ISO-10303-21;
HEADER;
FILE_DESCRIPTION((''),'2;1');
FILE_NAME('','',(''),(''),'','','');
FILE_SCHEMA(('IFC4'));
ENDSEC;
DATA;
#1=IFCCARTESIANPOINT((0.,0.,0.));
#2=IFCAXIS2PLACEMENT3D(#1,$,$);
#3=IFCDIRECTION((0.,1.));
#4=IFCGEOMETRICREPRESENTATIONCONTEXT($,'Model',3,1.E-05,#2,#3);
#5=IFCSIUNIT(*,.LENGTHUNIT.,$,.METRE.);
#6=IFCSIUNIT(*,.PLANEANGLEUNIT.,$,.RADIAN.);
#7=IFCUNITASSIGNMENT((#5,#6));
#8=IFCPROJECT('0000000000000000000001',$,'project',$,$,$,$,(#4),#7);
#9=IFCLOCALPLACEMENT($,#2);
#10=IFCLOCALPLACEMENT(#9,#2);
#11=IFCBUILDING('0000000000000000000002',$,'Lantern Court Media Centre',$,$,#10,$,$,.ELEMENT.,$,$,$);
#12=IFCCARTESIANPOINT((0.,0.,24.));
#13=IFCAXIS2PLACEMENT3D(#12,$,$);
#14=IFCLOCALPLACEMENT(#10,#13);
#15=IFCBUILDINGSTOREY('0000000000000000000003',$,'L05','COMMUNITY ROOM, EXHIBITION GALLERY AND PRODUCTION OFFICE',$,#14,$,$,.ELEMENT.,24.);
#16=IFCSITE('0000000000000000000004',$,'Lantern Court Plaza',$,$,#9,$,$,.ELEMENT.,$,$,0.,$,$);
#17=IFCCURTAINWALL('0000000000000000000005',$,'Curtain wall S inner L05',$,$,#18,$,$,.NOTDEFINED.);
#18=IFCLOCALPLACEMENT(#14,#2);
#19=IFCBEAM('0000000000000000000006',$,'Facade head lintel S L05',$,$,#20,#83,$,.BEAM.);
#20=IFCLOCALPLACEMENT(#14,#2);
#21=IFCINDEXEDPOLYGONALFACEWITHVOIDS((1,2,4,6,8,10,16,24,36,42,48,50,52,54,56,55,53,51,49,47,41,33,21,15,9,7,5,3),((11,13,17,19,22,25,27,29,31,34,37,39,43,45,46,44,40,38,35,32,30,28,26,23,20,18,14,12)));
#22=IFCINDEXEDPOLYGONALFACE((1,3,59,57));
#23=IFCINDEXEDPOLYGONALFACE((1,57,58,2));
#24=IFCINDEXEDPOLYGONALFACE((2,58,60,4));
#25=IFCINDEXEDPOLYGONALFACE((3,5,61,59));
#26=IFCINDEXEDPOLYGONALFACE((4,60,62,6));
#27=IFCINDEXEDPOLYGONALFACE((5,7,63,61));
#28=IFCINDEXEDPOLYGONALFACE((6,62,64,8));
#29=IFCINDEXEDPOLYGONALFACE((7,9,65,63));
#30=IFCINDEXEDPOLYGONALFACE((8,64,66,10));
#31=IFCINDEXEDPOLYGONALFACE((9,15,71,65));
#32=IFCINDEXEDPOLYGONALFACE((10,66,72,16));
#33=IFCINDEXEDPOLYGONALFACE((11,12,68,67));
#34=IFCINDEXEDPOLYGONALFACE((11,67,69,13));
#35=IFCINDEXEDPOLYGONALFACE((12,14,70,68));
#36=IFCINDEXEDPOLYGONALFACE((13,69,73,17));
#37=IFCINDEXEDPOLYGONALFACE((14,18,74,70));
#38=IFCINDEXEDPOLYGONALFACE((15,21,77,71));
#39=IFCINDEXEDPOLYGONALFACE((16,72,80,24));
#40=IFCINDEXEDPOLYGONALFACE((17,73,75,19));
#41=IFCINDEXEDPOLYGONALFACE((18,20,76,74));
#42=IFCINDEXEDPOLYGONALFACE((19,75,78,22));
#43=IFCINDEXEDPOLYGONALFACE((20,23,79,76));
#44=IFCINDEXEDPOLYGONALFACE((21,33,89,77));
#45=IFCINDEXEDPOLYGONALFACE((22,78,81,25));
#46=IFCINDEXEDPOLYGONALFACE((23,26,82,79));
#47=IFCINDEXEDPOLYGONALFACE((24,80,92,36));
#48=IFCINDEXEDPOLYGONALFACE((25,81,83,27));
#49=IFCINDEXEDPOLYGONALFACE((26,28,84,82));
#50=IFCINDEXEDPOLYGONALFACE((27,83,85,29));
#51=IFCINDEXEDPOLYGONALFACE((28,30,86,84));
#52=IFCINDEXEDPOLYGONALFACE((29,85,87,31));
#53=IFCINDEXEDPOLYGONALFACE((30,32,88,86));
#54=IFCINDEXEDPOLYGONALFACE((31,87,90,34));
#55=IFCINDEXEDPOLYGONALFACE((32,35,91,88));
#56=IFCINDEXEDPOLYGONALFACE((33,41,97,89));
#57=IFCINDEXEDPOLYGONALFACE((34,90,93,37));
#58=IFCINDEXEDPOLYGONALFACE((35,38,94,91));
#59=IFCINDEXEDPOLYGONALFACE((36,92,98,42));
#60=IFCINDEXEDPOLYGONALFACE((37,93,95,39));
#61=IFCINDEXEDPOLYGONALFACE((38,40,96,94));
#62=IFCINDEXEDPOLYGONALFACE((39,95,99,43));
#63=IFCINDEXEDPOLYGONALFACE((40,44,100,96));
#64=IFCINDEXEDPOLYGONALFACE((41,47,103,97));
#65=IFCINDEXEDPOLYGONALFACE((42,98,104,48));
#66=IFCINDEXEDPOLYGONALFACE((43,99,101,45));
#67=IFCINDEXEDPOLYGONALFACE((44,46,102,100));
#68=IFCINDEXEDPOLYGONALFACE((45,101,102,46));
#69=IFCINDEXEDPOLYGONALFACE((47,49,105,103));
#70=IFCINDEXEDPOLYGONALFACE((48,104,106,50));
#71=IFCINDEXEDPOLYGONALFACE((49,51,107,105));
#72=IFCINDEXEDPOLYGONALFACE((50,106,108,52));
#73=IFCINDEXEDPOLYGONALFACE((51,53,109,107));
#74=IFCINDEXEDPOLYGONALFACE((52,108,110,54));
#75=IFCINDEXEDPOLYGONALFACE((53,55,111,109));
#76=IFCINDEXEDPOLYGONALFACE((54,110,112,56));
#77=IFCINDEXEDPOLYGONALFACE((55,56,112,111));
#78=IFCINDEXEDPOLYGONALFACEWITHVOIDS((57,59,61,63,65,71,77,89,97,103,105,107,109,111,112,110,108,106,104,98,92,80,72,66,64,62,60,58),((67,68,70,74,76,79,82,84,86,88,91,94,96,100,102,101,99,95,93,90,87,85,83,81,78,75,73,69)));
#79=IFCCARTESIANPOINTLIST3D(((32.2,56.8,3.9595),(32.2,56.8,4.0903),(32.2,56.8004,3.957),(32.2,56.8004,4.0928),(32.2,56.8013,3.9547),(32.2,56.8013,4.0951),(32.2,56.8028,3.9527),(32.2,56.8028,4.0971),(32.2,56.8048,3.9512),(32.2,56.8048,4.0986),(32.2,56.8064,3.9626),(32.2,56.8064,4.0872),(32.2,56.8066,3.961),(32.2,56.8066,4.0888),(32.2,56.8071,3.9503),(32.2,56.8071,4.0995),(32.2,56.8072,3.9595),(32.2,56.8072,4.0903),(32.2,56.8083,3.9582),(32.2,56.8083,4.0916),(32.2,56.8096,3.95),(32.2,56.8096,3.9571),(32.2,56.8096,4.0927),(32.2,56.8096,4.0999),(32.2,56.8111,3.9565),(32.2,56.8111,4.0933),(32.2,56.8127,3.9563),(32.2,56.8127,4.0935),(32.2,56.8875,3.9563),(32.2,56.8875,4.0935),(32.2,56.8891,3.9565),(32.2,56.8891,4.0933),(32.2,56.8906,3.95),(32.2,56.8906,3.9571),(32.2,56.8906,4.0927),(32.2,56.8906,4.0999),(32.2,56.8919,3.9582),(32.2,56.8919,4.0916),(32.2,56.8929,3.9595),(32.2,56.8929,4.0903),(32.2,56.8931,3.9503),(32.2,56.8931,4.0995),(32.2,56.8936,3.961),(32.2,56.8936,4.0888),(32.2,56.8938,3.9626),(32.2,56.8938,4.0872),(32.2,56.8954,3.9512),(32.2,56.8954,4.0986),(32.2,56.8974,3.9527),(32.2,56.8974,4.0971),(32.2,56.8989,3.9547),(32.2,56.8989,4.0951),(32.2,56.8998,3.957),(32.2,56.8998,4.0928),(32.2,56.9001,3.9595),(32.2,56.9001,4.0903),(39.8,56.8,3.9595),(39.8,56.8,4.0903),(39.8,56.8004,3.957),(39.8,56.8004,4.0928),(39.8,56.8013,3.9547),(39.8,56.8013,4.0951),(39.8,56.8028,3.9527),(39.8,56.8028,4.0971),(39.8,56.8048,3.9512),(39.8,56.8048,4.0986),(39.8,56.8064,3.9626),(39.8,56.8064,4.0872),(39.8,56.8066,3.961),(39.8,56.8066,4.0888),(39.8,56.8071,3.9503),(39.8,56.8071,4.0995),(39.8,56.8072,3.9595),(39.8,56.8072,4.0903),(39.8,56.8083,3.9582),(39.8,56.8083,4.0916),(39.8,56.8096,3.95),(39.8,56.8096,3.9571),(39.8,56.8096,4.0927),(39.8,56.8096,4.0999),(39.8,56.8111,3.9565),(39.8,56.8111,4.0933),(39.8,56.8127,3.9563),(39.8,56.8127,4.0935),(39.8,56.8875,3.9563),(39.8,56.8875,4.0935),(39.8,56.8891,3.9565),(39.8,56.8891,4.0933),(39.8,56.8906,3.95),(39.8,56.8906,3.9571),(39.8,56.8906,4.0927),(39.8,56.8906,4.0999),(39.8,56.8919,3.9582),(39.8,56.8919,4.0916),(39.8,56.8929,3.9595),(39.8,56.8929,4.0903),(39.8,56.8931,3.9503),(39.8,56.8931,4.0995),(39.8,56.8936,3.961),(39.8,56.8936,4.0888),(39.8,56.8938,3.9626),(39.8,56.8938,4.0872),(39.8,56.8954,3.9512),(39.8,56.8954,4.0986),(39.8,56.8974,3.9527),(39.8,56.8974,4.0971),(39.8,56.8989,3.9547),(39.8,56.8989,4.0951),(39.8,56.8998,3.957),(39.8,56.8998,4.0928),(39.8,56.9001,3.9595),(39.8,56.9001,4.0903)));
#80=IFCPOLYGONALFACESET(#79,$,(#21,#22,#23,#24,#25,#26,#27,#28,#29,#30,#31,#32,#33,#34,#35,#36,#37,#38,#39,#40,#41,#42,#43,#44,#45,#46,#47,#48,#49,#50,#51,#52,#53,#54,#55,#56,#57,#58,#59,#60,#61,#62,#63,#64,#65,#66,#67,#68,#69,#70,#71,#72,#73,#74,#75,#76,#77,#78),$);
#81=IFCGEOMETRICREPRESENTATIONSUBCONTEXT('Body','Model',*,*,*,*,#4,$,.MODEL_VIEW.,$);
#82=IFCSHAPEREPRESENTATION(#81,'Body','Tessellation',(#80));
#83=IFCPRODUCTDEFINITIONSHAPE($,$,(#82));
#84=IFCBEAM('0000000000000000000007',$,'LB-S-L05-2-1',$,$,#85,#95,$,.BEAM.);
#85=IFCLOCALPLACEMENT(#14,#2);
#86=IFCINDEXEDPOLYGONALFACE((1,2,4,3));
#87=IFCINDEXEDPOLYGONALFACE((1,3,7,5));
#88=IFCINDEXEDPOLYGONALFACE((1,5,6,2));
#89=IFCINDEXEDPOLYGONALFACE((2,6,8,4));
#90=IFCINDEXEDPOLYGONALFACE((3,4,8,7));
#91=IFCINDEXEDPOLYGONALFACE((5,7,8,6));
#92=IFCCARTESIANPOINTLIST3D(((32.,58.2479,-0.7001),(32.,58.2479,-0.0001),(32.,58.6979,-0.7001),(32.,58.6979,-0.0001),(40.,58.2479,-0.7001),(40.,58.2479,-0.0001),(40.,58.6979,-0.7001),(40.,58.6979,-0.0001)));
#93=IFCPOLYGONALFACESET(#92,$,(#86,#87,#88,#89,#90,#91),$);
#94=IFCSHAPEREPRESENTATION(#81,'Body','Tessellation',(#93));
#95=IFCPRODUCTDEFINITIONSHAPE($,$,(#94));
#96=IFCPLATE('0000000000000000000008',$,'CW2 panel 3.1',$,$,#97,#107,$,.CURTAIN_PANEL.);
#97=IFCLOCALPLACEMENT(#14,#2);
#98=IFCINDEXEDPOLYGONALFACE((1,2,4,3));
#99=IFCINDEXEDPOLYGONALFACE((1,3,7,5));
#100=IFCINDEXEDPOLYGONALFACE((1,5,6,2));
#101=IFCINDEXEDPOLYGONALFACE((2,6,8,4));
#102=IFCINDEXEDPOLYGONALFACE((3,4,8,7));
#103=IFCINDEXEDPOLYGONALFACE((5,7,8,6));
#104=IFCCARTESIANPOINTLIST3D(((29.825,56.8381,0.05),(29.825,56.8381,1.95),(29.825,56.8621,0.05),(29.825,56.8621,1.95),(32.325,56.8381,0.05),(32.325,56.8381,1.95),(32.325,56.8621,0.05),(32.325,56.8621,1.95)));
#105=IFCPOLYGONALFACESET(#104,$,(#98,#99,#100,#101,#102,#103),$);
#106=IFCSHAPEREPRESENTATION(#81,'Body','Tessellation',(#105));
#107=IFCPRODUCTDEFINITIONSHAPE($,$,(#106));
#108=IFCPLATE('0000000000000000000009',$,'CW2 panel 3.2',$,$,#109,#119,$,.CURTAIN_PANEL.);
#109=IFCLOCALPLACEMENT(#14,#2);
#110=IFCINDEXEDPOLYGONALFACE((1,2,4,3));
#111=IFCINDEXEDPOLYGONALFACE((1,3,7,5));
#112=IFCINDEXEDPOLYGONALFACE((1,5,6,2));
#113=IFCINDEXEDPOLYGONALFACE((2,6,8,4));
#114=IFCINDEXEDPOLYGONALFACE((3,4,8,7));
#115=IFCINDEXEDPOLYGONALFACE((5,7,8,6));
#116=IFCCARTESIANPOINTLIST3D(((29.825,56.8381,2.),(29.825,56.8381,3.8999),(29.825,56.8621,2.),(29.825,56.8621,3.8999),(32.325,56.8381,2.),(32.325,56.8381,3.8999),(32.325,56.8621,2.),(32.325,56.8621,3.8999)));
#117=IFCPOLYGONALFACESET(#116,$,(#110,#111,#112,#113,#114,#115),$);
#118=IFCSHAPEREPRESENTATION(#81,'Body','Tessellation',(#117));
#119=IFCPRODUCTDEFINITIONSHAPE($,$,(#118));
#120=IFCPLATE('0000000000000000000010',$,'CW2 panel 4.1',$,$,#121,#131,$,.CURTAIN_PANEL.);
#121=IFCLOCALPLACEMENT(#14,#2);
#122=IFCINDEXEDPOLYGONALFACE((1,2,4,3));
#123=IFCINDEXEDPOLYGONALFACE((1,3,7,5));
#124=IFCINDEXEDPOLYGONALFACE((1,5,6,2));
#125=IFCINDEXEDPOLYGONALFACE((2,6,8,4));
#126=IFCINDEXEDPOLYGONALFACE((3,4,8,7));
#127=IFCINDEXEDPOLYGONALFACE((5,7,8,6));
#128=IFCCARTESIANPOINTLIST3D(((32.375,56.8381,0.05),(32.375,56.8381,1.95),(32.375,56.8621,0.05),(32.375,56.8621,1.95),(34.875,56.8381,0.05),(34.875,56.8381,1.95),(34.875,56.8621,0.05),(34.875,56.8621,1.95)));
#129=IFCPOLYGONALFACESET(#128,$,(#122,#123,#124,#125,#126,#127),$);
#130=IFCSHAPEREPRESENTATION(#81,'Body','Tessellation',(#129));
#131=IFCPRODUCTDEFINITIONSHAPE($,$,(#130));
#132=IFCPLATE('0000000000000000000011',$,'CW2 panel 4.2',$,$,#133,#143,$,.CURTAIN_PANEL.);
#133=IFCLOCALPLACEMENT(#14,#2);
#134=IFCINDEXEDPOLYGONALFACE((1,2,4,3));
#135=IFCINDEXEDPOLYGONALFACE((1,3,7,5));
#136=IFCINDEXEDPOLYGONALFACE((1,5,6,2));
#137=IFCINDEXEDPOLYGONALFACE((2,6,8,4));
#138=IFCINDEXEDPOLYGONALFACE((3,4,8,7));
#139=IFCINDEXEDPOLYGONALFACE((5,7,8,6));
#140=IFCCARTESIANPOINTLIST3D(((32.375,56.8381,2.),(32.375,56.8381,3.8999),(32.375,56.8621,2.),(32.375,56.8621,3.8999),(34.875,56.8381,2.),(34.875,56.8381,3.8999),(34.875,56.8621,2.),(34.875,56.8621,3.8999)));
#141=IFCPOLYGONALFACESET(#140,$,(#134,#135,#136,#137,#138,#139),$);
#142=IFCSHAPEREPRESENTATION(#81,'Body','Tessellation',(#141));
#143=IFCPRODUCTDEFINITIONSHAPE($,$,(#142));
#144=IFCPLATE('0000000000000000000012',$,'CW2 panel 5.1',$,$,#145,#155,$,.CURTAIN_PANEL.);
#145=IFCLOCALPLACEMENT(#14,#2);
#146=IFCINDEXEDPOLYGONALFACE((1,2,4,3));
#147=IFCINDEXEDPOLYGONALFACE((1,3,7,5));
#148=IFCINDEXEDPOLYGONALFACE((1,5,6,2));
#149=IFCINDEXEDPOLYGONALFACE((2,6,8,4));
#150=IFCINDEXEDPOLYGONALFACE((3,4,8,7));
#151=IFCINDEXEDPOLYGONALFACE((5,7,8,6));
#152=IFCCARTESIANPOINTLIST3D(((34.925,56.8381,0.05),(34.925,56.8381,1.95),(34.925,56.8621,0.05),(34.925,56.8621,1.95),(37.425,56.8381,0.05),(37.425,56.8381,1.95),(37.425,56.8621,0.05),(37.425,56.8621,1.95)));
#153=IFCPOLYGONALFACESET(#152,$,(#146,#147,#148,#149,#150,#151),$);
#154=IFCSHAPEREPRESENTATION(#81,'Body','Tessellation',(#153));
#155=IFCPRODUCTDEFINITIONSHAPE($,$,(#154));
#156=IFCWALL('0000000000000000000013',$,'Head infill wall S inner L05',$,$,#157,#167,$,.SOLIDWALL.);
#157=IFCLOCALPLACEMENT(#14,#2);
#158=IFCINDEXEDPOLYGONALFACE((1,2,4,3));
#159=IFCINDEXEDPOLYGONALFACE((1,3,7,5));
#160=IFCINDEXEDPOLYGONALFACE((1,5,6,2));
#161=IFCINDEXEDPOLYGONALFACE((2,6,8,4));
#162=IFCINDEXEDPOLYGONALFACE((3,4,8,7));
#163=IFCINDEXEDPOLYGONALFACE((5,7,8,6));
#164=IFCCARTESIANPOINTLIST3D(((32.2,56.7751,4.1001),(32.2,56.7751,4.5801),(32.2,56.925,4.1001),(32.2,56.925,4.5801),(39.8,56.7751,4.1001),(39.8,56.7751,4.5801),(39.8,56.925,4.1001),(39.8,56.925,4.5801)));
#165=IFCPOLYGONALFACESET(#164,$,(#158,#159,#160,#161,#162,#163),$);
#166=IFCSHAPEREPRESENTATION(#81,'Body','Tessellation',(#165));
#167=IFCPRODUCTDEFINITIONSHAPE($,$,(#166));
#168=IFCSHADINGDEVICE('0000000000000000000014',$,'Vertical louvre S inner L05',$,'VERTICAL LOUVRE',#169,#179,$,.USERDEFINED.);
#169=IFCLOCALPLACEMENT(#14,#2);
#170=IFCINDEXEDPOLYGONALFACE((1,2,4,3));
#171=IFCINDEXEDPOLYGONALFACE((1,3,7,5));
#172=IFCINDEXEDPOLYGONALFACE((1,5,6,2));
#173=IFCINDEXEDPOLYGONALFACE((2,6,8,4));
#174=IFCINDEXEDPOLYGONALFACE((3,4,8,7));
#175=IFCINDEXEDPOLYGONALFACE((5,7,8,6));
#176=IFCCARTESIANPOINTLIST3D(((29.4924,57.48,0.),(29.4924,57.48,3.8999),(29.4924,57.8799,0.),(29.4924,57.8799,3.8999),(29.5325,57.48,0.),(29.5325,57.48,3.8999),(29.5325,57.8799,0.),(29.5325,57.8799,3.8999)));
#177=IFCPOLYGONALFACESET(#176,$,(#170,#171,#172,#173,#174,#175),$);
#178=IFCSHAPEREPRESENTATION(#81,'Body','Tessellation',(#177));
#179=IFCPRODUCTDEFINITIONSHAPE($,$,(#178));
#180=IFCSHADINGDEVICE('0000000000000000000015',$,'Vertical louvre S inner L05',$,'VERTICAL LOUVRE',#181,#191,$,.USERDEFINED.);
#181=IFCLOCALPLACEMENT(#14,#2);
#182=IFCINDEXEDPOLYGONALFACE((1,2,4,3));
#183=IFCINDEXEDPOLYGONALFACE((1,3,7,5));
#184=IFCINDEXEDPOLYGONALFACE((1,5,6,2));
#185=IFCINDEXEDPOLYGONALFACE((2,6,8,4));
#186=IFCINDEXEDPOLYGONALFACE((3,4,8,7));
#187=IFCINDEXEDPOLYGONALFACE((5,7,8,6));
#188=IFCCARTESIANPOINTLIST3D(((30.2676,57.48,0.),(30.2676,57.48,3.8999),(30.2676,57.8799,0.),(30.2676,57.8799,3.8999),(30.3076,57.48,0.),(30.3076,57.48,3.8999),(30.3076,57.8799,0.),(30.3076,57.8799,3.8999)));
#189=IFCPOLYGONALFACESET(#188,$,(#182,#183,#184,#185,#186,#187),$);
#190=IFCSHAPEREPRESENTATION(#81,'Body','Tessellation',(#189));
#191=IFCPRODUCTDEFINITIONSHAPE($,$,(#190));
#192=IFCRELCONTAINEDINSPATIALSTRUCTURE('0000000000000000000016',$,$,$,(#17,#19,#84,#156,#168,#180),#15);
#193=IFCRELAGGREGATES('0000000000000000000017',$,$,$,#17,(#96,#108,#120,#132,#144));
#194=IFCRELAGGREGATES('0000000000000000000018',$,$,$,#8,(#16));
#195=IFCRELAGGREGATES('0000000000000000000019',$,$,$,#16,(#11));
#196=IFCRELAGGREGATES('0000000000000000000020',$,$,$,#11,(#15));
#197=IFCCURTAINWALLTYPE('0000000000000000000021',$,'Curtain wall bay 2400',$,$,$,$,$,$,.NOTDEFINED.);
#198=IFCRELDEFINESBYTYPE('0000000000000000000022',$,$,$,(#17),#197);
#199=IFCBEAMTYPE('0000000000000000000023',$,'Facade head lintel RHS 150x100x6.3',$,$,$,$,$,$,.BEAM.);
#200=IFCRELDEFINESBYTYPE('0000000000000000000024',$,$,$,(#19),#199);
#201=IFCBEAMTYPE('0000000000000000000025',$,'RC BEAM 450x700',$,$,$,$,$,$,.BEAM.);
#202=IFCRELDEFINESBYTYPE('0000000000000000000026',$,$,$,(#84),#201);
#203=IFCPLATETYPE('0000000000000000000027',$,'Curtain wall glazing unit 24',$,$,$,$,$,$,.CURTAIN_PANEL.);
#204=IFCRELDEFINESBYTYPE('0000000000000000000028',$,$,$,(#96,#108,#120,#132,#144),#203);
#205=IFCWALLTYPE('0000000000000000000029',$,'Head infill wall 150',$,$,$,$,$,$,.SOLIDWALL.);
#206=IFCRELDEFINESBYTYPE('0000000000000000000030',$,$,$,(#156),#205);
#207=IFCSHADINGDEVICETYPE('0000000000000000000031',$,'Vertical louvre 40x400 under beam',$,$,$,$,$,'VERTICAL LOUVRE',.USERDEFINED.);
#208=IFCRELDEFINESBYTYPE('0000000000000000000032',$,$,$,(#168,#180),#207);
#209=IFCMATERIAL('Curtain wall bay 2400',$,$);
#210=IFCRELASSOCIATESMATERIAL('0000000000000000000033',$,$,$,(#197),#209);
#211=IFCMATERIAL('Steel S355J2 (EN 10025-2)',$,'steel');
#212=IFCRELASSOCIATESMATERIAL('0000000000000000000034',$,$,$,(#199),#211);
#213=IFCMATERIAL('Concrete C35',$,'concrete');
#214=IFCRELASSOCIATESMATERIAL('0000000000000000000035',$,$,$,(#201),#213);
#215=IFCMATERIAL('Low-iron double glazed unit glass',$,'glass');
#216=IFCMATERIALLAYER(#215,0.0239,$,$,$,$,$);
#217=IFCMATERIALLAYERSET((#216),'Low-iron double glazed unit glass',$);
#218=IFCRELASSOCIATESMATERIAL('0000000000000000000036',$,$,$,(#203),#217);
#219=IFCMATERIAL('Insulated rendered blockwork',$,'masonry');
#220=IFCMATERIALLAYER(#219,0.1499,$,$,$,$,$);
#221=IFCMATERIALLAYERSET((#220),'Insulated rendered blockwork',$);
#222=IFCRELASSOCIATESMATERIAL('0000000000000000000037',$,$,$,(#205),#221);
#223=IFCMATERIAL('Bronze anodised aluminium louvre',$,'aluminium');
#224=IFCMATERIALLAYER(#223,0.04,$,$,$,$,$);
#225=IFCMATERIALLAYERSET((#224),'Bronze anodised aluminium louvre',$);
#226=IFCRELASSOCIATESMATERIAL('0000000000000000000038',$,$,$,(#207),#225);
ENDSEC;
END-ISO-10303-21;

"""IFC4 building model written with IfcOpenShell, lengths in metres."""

from ifc_helpers import new_model, si_unit, direction, frame, frame_2d, origin, origin_2d, place, context, subcontext, project, spatial, rectangle, hollow_rectangle, extrude, material, layer, layer_set, material_profile, profile_set, type_object, element, aggregate, save


model = new_model("IFC4")

# Units and contexts
model_context = context("Model", 3, precision=1e-05, world=origin(), true_north=direction((0.0, 1.0)))
body_context = subcontext(model_context, "Body", "Model", "MODEL_VIEW")
ifc_project = project(units=[si_unit("LENGTHUNIT", "METRE"), si_unit("PLANEANGLEUNIT", "RADIAN")], contexts=[model_context])

# Site, building, storey
site_placement = place(None, origin())
site = spatial("IfcSite", under=ifc_project, at=site_placement, Name="Lantern Court Plaza", CompositionType="ELEMENT", RefElevation=0.0)
building_placement = place(site_placement, origin())
building = spatial("IfcBuilding", under=site, at=building_placement, Name="Lantern Court Media Centre", CompositionType="ELEMENT")
storey_placement = place(building_placement, frame((0.0, 0.0, 24.0)))
storey = spatial("IfcBuildingStorey", under=building, at=storey_placement, Name="L05", Description="COMMUNITY ROOM, EXHIBITION GALLERY AND PRODUCTION OFFICE", CompositionType="ELEMENT", Elevation=24.0)

# Shared definitions
ifc_material_1 = material(Name="Concrete C35", Category="concrete")

# Curtain wall
ifc_material_2 = material(Name="Curtain wall bay 2400")
curtain_wall_type = type_object("IfcCurtainWallType", Name="Curtain wall bay 2400", PredefinedType="NOTDEFINED", material=ifc_material_2)
curtain_wall_placement = place(storey_placement, origin())
curtain_wall = element("IfcCurtainWall", 1, at=curtain_wall_placement, inside=storey, type_object=curtain_wall_type, Name="Curtain wall S inner L05", PredefinedType="NOTDEFINED")

# Beams
ifc_material_3 = material(Name="Steel S355J2 (EN 10025-2)", Category="steel")
ifc_material_profile_1 = material_profile(ifc_material_3, hollow_rectangle(XDim=0.1001, YDim=0.1499, WallThickness=0.0063, InnerFilletRadius=0.0063, OuterFilletRadius=0.0095, at=origin_2d()), Name="Facade head lintel RHS 150x100x6.3")
ifc_profile_set_1 = profile_set([ifc_material_profile_1], Name="Steel S355J2 (EN 10025-2)")
beam_type_1 = type_object("IfcBeamType", Name="Facade head lintel RHS 150x100x6.3", PredefinedType="BEAM", material=ifc_profile_set_1)
beam_1_placement = place(storey_placement, frame((32.2, 56.8501, 4.0249), z_axis=(1.0, 0.0, 0.0), x_axis=(0.0, 1.0, 0.0)))
element("IfcBeam", 2, at=beam_1_placement, inside=storey, type_object=beam_type_1, Name="Facade head lintel S L05", PredefinedType="BEAM", context=body_context, shape_type="SweptSolid", body=[
    extrude(hollow_rectangle(XDim=0.1001, YDim=0.1499, WallThickness=0.0063, InnerFilletRadius=0.0063, OuterFilletRadius=0.0095, at=origin_2d()), origin(), (0.0, 0.0, 1.0), 7.6001),
])
ifc_material_profile_2 = material_profile(ifc_material_1, rectangle(XDim=0.45, YDim=0.7, at=origin_2d()), Name="RC 450x700")
ifc_profile_set_2 = profile_set([ifc_material_profile_2], Name="Concrete C35")
beam_type_2 = type_object("IfcBeamType", Name="RC BEAM 450x700", PredefinedType="BEAM", material=ifc_profile_set_2)
beam_2_placement = place(storey_placement, frame((32.0, 58.4729, -0.3501), z_axis=(1.0, 0.0, 0.0), x_axis=(0.0, 1.0, 0.0)))
element("IfcBeam", 3, at=beam_2_placement, inside=storey, type_object=beam_type_2, Name="LB-S-L05-2-1", PredefinedType="BEAM", context=body_context, shape_type="SweptSolid", body=[
    extrude(rectangle(XDim=0.45, YDim=0.7, at=origin_2d()), origin(), (0.0, 0.0, 1.0), 8.0),
])

# Plates
ifc_material_4 = material(Name="Low-iron double glazed unit glass", Category="glass")
ifc_layer_1 = layer(ifc_material_4, 0.0239)
ifc_layer_set_1 = layer_set([ifc_layer_1], Name="Low-iron double glazed unit glass")
plate_type = type_object("IfcPlateType", Name="Curtain wall glazing unit 24", PredefinedType="CURTAIN_PANEL", material=ifc_layer_set_1)
plate_1_placement = place(storey_placement, frame((31.075, 56.8501, 0.05), z_axis=(0.0, 0.0, 1.0), x_axis=(1.0, 0.0, 0.0)))
plate_1 = element("IfcPlate", 4, at=plate_1_placement, type_object=plate_type, Name="CW2 panel 3.1", PredefinedType="CURTAIN_PANEL", context=body_context, shape_type="SweptSolid", body=[
    extrude(rectangle(XDim=2.5, YDim=0.0239, at=origin_2d()), origin(), (0.0, 0.0, 1.0), 1.8999),
])
plate_2_placement = place(storey_placement, frame((31.075, 56.8501, 2.0), z_axis=(0.0, 0.0, 1.0), x_axis=(1.0, 0.0, 0.0)))
plate_2 = element("IfcPlate", 5, at=plate_2_placement, type_object=plate_type, Name="CW2 panel 3.2", PredefinedType="CURTAIN_PANEL", context=body_context, shape_type="SweptSolid", body=[
    extrude(rectangle(XDim=2.5, YDim=0.0239, at=origin_2d()), origin(), (0.0, 0.0, 1.0), 1.8999),
])
plate_3_placement = place(storey_placement, frame((33.625, 56.8501, 0.05), z_axis=(0.0, 0.0, 1.0), x_axis=(1.0, 0.0, 0.0)))
plate_3 = element("IfcPlate", 6, at=plate_3_placement, type_object=plate_type, Name="CW2 panel 4.1", PredefinedType="CURTAIN_PANEL", context=body_context, shape_type="SweptSolid", body=[
    extrude(rectangle(XDim=2.5, YDim=0.0239, at=origin_2d()), origin(), (0.0, 0.0, 1.0), 1.8999),
])
plate_4_placement = place(storey_placement, frame((33.625, 56.8501, 2.0), z_axis=(0.0, 0.0, 1.0), x_axis=(1.0, 0.0, 0.0)))
plate_4 = element("IfcPlate", 7, at=plate_4_placement, type_object=plate_type, Name="CW2 panel 4.2", PredefinedType="CURTAIN_PANEL", context=body_context, shape_type="SweptSolid", body=[
    extrude(rectangle(XDim=2.5, YDim=0.0239, at=origin_2d()), origin(), (0.0, 0.0, 1.0), 1.8999),
])
plate_5_placement = place(storey_placement, frame((36.175, 56.8501, 0.05), z_axis=(0.0, 0.0, 1.0), x_axis=(1.0, 0.0, 0.0)))
plate_5 = element("IfcPlate", 8, at=plate_5_placement, type_object=plate_type, Name="CW2 panel 5.1", PredefinedType="CURTAIN_PANEL", context=body_context, shape_type="SweptSolid", body=[
    extrude(rectangle(XDim=2.5, YDim=0.0239, at=origin_2d()), origin(), (0.0, 0.0, 1.0), 1.8999),
])
aggregate(curtain_wall, [plate_1, plate_2, plate_3, plate_4, plate_5])

# Wall
ifc_material_5 = material(Name="Insulated rendered blockwork", Category="masonry")
ifc_layer_2 = layer(ifc_material_5, 0.1499)
ifc_layer_set_2 = layer_set([ifc_layer_2], Name="Insulated rendered blockwork")
wall_type = type_object("IfcWallType", Name="Head infill wall 150", PredefinedType="SOLIDWALL", material=ifc_layer_set_2)
wall_placement = place(storey_placement, frame((32.2, 56.8501, 4.1001), z_axis=(0.0, 0.0, 1.0), x_axis=(1.0, 0.0, 0.0)))
element("IfcWall", 9, at=wall_placement, inside=storey, type_object=wall_type, Name="Head infill wall S inner L05", PredefinedType="SOLIDWALL", context=body_context, shape_type="SweptSolid", body=[
    extrude(rectangle(XDim=7.6001, YDim=0.1499, at=frame_2d((3.8, 0.0))), origin(), (0.0, 0.0, 1.0), 0.48),
])

# Shading devices
ifc_material_6 = material(Name="Bronze anodised aluminium louvre", Category="aluminium")
ifc_layer_3 = layer(ifc_material_6, 0.04)
ifc_layer_set_3 = layer_set([ifc_layer_3], Name="Bronze anodised aluminium louvre")
shading_device_type = type_object("IfcShadingDeviceType", Name="Vertical louvre 40x400 under beam", ElementType="VERTICAL LOUVRE", PredefinedType="USERDEFINED", material=ifc_layer_set_3)
for number, where, z_axis, x_axis, name in (
    (10, (29.5125, 57.6799, 0.0), (0.0, 0.0, 1.0), (1.0, 0.0, 0.0), "Vertical louvre S inner L05"),
    (11, (30.2876, 57.6799, 0.0), (0.0, 0.0, 1.0), (1.0, 0.0, 0.0), "Vertical louvre S inner L05"),
):
    element("IfcShadingDevice", number, at=place(storey_placement, frame(where, z_axis=z_axis, x_axis=x_axis)), inside=storey, type_object=shading_device_type, Name=name, ObjectType="VERTICAL LOUVRE", PredefinedType="USERDEFINED", context=body_context, shape_type="SweptSolid", body=[
        extrude(rectangle(XDim=0.04, YDim=0.3999, at=origin_2d()), origin(), (0.0, 0.0, 1.0), 3.8999),
    ])

save(model, "model.ifc")
